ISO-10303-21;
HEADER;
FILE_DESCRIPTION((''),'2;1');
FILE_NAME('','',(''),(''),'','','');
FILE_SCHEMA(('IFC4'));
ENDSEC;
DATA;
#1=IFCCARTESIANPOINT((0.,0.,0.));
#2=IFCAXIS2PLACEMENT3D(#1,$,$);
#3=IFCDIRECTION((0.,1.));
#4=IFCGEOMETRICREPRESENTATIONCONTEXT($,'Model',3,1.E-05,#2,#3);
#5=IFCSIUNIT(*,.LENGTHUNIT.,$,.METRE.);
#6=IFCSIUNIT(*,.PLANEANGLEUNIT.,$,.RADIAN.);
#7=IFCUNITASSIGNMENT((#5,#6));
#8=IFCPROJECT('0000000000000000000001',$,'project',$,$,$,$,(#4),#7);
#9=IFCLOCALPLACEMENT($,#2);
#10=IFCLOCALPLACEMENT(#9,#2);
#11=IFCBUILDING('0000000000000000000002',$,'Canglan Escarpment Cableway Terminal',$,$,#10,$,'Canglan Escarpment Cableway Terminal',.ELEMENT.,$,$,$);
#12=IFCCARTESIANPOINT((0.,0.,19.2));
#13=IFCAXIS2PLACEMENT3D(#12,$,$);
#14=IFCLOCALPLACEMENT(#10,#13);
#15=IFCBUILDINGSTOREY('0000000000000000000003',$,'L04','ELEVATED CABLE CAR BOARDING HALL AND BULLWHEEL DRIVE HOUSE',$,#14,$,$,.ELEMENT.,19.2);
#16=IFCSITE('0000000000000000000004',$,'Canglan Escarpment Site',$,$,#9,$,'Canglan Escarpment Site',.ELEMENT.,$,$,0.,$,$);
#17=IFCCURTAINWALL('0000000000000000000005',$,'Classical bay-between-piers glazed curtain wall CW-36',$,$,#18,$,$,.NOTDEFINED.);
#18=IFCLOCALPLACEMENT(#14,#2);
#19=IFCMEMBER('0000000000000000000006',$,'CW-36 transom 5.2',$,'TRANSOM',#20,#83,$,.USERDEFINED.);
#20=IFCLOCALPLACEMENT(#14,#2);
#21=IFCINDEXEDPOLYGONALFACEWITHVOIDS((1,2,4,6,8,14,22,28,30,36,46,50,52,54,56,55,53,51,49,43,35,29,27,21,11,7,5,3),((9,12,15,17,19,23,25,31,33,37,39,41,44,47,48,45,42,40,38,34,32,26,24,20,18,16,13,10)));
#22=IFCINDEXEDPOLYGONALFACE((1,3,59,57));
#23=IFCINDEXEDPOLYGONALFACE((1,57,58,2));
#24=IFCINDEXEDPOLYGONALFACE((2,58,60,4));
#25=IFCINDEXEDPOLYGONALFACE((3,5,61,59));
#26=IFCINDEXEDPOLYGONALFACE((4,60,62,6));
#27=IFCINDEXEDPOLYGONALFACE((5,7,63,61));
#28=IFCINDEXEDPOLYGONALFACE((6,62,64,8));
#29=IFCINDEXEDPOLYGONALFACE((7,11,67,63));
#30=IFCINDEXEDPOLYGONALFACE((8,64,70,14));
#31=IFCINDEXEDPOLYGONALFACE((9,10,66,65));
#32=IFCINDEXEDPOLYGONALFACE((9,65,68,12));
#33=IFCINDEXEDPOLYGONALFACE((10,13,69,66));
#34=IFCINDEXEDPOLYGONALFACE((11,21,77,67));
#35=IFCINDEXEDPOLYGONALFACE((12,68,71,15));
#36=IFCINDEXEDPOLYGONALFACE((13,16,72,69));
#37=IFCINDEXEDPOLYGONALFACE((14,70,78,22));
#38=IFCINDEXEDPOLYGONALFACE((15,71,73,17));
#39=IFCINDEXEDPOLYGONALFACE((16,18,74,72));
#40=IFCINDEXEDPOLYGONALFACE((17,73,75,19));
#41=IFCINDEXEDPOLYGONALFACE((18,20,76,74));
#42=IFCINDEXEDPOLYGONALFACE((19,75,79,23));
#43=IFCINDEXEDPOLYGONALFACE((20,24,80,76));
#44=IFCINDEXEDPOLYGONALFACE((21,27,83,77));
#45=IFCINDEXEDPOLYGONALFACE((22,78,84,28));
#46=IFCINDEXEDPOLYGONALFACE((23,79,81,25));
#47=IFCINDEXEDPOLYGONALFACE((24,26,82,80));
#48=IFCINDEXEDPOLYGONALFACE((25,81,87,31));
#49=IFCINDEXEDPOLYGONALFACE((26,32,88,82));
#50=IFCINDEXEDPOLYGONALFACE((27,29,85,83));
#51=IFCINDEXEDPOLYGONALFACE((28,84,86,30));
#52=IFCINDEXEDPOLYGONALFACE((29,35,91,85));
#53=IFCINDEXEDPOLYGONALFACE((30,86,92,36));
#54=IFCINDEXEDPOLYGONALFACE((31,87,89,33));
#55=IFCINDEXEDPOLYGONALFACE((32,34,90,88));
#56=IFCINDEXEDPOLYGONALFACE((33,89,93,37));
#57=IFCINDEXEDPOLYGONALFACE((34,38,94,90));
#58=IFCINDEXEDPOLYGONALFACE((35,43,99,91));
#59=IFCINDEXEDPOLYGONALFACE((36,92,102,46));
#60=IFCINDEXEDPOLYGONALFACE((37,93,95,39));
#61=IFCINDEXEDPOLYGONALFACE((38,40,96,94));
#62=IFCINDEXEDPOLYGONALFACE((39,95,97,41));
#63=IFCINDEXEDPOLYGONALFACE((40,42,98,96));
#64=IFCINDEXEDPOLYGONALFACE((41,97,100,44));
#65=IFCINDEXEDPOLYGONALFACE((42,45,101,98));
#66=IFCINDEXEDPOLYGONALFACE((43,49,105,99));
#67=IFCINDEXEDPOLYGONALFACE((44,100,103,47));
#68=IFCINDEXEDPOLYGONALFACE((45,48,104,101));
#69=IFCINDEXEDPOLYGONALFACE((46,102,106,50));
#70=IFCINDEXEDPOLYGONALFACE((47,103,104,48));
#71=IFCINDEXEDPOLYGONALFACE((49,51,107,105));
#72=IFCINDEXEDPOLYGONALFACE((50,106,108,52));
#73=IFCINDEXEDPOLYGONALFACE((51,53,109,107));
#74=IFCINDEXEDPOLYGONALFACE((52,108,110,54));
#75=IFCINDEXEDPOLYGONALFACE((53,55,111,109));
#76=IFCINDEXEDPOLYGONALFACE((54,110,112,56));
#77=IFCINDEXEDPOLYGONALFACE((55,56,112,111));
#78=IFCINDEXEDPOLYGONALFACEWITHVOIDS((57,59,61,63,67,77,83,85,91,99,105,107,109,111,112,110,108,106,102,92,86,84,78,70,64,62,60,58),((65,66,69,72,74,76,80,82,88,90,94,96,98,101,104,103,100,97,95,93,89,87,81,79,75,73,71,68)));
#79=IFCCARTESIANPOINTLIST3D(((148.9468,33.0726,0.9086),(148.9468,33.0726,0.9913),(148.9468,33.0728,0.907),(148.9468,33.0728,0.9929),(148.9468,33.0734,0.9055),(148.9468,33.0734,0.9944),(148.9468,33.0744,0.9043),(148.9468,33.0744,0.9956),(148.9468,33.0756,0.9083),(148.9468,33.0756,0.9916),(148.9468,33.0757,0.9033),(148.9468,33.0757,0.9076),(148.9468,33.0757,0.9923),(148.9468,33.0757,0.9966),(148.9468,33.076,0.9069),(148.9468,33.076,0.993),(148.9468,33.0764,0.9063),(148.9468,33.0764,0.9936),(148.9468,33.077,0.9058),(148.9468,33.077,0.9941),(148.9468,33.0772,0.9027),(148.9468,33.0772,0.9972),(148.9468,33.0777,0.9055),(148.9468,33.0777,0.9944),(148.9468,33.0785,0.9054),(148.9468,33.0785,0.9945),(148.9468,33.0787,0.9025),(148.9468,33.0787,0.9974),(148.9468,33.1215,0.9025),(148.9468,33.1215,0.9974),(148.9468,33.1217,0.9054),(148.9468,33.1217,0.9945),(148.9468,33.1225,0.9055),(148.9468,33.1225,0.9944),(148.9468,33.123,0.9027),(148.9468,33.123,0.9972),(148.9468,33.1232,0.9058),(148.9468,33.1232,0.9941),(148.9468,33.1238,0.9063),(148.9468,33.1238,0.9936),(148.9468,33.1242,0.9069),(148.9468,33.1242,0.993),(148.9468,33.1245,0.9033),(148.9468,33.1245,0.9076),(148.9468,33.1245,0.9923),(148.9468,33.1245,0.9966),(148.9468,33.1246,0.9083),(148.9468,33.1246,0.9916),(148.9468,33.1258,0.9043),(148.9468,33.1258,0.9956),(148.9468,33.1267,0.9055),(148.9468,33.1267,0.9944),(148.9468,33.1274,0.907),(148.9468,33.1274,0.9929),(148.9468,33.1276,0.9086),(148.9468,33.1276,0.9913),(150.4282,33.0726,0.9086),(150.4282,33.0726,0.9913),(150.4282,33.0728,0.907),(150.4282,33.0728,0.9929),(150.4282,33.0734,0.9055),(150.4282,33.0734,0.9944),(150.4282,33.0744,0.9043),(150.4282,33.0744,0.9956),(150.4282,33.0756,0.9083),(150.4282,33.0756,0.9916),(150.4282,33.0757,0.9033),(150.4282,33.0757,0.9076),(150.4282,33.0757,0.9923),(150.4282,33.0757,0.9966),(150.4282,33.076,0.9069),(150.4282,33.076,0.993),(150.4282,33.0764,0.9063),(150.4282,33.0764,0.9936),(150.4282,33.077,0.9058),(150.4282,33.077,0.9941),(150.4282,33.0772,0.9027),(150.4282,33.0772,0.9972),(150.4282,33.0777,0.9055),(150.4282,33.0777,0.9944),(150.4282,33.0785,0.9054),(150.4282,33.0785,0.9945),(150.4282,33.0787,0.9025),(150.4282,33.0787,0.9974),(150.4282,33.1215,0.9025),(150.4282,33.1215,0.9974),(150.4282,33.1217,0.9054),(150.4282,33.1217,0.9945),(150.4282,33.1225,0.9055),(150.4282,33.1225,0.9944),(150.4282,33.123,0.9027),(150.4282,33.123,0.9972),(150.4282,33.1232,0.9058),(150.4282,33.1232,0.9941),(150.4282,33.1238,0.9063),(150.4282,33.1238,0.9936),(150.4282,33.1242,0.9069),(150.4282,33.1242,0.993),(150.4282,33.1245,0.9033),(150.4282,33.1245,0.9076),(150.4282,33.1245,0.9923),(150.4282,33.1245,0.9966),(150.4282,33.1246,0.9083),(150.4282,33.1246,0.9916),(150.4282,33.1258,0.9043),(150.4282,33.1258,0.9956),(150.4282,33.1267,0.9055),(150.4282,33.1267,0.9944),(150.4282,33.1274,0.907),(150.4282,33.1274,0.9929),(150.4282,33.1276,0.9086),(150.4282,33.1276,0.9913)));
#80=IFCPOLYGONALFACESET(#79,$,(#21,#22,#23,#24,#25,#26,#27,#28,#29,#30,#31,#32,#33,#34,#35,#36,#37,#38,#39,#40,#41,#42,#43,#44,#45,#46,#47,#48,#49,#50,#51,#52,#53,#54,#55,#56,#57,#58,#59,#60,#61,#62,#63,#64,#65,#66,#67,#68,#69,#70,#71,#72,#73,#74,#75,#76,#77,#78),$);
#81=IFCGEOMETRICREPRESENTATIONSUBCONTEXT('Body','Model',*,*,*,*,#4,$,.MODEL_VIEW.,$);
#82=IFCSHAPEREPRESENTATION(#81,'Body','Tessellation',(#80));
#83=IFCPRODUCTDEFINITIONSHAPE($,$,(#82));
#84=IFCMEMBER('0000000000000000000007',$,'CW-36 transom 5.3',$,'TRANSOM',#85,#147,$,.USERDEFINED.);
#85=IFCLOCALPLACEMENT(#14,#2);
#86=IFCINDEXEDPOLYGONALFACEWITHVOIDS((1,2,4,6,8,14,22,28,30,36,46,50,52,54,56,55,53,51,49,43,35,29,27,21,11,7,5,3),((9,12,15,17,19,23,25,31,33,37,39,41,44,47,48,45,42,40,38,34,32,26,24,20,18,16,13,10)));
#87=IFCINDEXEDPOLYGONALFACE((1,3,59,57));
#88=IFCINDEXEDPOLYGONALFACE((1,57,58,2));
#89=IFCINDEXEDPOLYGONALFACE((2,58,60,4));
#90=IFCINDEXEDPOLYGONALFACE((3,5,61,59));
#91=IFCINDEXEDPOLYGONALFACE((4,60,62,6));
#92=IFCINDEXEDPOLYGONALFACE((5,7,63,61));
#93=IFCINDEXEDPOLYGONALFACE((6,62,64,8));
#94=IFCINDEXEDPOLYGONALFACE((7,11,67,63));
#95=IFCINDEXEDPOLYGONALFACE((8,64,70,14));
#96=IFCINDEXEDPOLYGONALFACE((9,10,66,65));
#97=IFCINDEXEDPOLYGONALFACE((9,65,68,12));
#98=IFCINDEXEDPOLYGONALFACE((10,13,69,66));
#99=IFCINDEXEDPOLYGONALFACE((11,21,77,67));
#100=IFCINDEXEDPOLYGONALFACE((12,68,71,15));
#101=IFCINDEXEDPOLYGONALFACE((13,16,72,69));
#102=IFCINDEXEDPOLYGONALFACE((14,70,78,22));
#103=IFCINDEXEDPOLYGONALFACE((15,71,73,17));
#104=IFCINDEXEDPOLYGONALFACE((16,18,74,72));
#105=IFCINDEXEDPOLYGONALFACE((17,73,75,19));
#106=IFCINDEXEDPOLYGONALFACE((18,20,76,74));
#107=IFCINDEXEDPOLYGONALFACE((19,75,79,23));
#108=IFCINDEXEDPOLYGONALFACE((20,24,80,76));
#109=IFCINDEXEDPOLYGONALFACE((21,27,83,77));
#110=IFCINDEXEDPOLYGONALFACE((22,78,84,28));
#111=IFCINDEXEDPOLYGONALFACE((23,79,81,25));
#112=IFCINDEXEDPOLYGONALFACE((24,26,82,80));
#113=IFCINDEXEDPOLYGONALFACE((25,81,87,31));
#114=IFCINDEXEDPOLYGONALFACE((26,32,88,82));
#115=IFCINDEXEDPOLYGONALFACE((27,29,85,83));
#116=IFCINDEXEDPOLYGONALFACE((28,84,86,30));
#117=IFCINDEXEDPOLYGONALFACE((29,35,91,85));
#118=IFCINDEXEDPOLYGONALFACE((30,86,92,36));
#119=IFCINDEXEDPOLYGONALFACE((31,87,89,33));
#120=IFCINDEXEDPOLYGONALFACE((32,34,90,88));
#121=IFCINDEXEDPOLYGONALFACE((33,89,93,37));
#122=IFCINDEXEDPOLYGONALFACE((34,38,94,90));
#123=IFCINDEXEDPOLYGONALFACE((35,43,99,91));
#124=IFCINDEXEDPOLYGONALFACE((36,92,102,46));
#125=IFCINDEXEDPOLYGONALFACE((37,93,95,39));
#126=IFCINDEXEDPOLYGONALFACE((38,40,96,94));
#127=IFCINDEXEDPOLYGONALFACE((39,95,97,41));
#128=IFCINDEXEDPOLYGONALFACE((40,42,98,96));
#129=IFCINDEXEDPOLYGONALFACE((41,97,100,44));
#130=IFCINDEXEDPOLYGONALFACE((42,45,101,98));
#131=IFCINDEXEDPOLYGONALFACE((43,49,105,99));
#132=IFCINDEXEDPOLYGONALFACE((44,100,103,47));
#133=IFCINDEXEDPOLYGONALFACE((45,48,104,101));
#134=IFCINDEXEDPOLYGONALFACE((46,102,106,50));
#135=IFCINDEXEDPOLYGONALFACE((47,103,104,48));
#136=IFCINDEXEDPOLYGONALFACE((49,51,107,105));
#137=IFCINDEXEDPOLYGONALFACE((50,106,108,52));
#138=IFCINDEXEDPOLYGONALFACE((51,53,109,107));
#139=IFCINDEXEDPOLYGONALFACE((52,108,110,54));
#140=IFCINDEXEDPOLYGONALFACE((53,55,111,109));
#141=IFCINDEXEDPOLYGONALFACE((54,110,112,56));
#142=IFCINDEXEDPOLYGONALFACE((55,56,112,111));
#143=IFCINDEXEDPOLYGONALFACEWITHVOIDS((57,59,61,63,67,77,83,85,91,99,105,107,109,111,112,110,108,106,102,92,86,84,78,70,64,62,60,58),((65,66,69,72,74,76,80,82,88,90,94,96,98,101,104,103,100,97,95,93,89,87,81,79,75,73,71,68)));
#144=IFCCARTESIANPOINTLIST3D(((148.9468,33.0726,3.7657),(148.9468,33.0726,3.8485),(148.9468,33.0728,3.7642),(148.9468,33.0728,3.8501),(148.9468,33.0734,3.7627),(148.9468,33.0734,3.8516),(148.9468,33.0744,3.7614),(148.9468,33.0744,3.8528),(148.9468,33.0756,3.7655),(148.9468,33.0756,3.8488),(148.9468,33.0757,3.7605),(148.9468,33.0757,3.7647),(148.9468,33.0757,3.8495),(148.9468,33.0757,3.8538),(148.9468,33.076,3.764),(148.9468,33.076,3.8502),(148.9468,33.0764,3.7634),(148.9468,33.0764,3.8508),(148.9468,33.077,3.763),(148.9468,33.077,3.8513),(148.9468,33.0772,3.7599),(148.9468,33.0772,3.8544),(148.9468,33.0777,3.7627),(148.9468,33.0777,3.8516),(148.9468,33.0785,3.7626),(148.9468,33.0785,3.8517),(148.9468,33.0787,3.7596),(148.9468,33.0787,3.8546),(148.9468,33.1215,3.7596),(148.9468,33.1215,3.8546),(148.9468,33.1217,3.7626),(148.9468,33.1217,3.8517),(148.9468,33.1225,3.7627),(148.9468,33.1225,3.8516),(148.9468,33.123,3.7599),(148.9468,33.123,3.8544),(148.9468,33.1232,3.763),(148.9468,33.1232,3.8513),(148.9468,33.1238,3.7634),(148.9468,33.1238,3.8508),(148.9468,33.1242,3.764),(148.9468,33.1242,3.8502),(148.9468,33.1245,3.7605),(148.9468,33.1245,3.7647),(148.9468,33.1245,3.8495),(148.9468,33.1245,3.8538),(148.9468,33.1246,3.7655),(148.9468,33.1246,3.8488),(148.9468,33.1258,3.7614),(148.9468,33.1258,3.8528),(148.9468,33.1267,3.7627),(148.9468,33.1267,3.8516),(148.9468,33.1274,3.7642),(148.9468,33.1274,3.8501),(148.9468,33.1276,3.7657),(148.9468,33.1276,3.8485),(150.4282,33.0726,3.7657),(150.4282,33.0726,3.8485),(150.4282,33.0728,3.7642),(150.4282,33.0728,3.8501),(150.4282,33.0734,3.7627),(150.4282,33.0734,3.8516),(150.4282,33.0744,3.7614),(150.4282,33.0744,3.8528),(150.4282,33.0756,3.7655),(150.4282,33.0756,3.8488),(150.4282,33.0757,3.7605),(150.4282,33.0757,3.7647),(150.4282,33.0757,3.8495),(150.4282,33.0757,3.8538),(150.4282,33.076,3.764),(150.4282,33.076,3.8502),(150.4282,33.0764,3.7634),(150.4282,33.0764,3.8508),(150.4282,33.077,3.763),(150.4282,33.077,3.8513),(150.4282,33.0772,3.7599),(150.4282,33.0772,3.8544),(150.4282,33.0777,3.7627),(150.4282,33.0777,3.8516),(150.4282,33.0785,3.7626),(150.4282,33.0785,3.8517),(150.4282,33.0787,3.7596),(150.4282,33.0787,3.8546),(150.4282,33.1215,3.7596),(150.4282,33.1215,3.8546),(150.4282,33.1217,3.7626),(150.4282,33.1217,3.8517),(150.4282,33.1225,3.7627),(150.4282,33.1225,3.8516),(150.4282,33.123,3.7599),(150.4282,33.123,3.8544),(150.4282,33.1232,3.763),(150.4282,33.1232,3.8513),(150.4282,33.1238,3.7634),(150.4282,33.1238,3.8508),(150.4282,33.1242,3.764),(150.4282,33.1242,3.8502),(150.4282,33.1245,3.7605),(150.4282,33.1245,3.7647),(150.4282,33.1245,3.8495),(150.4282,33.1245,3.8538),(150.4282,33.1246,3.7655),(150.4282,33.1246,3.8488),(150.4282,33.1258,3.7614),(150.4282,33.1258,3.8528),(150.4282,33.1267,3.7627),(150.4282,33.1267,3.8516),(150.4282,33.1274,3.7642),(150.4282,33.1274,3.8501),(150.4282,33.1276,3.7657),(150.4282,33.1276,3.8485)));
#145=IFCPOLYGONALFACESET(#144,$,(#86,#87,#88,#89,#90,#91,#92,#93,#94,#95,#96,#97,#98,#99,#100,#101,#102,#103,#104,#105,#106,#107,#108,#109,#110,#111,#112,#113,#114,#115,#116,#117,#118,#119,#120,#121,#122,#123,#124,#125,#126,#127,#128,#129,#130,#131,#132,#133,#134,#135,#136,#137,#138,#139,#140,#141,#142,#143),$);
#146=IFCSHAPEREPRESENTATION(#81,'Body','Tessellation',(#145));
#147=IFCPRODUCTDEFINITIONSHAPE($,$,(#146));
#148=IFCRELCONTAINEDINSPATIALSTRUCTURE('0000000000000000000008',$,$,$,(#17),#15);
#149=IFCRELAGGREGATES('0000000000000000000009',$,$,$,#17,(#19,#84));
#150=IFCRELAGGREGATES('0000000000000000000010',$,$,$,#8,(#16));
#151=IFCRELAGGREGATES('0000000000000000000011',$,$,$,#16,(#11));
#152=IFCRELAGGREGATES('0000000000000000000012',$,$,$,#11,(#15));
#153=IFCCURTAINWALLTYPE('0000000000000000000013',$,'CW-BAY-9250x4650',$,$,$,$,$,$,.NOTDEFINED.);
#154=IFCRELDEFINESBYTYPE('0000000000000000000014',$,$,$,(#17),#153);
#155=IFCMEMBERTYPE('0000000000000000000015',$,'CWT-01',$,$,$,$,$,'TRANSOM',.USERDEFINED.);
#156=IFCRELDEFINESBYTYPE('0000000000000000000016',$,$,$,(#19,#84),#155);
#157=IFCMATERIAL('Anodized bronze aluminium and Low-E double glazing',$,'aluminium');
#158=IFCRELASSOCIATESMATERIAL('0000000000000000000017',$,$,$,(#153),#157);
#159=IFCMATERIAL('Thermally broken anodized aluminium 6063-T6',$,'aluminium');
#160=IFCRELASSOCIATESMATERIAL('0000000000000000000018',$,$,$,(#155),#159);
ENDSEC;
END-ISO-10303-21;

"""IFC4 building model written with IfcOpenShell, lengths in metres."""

from ifc_helpers import new_model, si_unit, direction, frame, origin, origin_2d, place, context, subcontext, project, spatial, hollow_rectangle, extrude, material, material_profile, profile_set, type_object, element, aggregate, save


model = new_model("IFC4")

# Units and contexts
model_context = context("Model", 3, precision=1e-05, world=origin(), true_north=direction((0.0, 1.0)))
body_context = subcontext(model_context, "Body", "Model", "MODEL_VIEW")
ifc_project = project(units=[si_unit("LENGTHUNIT", "METRE"), si_unit("PLANEANGLEUNIT", "RADIAN")], contexts=[model_context])

# Site, building, storey
site_placement = place(None, origin())
site = spatial("IfcSite", under=ifc_project, at=site_placement, Name="Canglan Escarpment Site", LongName="Canglan Escarpment Site", CompositionType="ELEMENT", RefElevation=0.0)
building_placement = place(site_placement, origin())
building = spatial("IfcBuilding", under=site, at=building_placement, Name="Canglan Escarpment Cableway Terminal", LongName="Canglan Escarpment Cableway Terminal", CompositionType="ELEMENT")
storey_placement = place(building_placement, frame((0.0, 0.0, 19.2)))
storey = spatial("IfcBuildingStorey", under=building, at=storey_placement, Name="L04", Description="ELEVATED CABLE CAR BOARDING HALL AND BULLWHEEL DRIVE HOUSE", CompositionType="ELEMENT", Elevation=19.2)

# Curtain wall, members
ifc_material_1 = material(Name="Anodized bronze aluminium and Low-E double glazing", Category="aluminium")
curtain_wall_type = type_object("IfcCurtainWallType", Name="CW-BAY-9250x4650", PredefinedType="NOTDEFINED", material=ifc_material_1)
curtain_wall_placement = place(storey_placement, origin())
curtain_wall = element("IfcCurtainWall", 1, at=curtain_wall_placement, inside=storey, type_object=curtain_wall_type, Name="Classical bay-between-piers glazed curtain wall CW-36", PredefinedType="NOTDEFINED")
ifc_material_2 = material(Name="Thermally broken anodized aluminium 6063-T6", Category="aluminium")
ifc_material_profile_1 = material_profile(ifc_material_2, hollow_rectangle(XDim=0.0549, YDim=0.095, WallThickness=0.0029, InnerFilletRadius=0.0029, OuterFilletRadius=0.0061, at=origin_2d()), Name="ALU-TRAN 55x95x3")
ifc_profile_set_1 = profile_set([ifc_material_profile_1], Name="Thermally broken anodized aluminium 6063-T6")
member_type_1 = type_object("IfcMemberType", Name="CWT-01", ElementType="TRANSOM", PredefinedType="USERDEFINED", material=ifc_profile_set_1)
member_1_placement = place(storey_placement, frame((150.4282, 33.1001, 0.95), z_axis=(-1.0, 0.0, 0.0), x_axis=(0.0, -1.0, 0.0)))
member_1 = element("IfcMember", 2, at=member_1_placement, type_object=member_type_1, Name="CW-36 transom 5.2", ObjectType="TRANSOM", PredefinedType="USERDEFINED", context=body_context, shape_type="SweptSolid", body=[
    extrude(hollow_rectangle(XDim=0.0549, YDim=0.095, WallThickness=0.0029, InnerFilletRadius=0.0029, OuterFilletRadius=0.0061, at=origin_2d()), origin(), (0.0, 0.0, 1.0), 1.4814),
])
member_2_placement = place(storey_placement, frame((150.4282, 33.1001, 3.8071), z_axis=(-1.0, 0.0, 0.0), x_axis=(0.0, -1.0, 0.0)))
member_2 = element("IfcMember", 3, at=member_2_placement, type_object=member_type_1, Name="CW-36 transom 5.3", ObjectType="TRANSOM", PredefinedType="USERDEFINED", context=body_context, shape_type="SweptSolid", body=[
    extrude(hollow_rectangle(XDim=0.0549, YDim=0.095, WallThickness=0.0029, InnerFilletRadius=0.0029, OuterFilletRadius=0.0061, at=origin_2d()), origin(), (0.0, 0.0, 1.0), 1.4814),
])

aggregate(curtain_wall, [member_1, member_2])

save(model, "model.ifc")
